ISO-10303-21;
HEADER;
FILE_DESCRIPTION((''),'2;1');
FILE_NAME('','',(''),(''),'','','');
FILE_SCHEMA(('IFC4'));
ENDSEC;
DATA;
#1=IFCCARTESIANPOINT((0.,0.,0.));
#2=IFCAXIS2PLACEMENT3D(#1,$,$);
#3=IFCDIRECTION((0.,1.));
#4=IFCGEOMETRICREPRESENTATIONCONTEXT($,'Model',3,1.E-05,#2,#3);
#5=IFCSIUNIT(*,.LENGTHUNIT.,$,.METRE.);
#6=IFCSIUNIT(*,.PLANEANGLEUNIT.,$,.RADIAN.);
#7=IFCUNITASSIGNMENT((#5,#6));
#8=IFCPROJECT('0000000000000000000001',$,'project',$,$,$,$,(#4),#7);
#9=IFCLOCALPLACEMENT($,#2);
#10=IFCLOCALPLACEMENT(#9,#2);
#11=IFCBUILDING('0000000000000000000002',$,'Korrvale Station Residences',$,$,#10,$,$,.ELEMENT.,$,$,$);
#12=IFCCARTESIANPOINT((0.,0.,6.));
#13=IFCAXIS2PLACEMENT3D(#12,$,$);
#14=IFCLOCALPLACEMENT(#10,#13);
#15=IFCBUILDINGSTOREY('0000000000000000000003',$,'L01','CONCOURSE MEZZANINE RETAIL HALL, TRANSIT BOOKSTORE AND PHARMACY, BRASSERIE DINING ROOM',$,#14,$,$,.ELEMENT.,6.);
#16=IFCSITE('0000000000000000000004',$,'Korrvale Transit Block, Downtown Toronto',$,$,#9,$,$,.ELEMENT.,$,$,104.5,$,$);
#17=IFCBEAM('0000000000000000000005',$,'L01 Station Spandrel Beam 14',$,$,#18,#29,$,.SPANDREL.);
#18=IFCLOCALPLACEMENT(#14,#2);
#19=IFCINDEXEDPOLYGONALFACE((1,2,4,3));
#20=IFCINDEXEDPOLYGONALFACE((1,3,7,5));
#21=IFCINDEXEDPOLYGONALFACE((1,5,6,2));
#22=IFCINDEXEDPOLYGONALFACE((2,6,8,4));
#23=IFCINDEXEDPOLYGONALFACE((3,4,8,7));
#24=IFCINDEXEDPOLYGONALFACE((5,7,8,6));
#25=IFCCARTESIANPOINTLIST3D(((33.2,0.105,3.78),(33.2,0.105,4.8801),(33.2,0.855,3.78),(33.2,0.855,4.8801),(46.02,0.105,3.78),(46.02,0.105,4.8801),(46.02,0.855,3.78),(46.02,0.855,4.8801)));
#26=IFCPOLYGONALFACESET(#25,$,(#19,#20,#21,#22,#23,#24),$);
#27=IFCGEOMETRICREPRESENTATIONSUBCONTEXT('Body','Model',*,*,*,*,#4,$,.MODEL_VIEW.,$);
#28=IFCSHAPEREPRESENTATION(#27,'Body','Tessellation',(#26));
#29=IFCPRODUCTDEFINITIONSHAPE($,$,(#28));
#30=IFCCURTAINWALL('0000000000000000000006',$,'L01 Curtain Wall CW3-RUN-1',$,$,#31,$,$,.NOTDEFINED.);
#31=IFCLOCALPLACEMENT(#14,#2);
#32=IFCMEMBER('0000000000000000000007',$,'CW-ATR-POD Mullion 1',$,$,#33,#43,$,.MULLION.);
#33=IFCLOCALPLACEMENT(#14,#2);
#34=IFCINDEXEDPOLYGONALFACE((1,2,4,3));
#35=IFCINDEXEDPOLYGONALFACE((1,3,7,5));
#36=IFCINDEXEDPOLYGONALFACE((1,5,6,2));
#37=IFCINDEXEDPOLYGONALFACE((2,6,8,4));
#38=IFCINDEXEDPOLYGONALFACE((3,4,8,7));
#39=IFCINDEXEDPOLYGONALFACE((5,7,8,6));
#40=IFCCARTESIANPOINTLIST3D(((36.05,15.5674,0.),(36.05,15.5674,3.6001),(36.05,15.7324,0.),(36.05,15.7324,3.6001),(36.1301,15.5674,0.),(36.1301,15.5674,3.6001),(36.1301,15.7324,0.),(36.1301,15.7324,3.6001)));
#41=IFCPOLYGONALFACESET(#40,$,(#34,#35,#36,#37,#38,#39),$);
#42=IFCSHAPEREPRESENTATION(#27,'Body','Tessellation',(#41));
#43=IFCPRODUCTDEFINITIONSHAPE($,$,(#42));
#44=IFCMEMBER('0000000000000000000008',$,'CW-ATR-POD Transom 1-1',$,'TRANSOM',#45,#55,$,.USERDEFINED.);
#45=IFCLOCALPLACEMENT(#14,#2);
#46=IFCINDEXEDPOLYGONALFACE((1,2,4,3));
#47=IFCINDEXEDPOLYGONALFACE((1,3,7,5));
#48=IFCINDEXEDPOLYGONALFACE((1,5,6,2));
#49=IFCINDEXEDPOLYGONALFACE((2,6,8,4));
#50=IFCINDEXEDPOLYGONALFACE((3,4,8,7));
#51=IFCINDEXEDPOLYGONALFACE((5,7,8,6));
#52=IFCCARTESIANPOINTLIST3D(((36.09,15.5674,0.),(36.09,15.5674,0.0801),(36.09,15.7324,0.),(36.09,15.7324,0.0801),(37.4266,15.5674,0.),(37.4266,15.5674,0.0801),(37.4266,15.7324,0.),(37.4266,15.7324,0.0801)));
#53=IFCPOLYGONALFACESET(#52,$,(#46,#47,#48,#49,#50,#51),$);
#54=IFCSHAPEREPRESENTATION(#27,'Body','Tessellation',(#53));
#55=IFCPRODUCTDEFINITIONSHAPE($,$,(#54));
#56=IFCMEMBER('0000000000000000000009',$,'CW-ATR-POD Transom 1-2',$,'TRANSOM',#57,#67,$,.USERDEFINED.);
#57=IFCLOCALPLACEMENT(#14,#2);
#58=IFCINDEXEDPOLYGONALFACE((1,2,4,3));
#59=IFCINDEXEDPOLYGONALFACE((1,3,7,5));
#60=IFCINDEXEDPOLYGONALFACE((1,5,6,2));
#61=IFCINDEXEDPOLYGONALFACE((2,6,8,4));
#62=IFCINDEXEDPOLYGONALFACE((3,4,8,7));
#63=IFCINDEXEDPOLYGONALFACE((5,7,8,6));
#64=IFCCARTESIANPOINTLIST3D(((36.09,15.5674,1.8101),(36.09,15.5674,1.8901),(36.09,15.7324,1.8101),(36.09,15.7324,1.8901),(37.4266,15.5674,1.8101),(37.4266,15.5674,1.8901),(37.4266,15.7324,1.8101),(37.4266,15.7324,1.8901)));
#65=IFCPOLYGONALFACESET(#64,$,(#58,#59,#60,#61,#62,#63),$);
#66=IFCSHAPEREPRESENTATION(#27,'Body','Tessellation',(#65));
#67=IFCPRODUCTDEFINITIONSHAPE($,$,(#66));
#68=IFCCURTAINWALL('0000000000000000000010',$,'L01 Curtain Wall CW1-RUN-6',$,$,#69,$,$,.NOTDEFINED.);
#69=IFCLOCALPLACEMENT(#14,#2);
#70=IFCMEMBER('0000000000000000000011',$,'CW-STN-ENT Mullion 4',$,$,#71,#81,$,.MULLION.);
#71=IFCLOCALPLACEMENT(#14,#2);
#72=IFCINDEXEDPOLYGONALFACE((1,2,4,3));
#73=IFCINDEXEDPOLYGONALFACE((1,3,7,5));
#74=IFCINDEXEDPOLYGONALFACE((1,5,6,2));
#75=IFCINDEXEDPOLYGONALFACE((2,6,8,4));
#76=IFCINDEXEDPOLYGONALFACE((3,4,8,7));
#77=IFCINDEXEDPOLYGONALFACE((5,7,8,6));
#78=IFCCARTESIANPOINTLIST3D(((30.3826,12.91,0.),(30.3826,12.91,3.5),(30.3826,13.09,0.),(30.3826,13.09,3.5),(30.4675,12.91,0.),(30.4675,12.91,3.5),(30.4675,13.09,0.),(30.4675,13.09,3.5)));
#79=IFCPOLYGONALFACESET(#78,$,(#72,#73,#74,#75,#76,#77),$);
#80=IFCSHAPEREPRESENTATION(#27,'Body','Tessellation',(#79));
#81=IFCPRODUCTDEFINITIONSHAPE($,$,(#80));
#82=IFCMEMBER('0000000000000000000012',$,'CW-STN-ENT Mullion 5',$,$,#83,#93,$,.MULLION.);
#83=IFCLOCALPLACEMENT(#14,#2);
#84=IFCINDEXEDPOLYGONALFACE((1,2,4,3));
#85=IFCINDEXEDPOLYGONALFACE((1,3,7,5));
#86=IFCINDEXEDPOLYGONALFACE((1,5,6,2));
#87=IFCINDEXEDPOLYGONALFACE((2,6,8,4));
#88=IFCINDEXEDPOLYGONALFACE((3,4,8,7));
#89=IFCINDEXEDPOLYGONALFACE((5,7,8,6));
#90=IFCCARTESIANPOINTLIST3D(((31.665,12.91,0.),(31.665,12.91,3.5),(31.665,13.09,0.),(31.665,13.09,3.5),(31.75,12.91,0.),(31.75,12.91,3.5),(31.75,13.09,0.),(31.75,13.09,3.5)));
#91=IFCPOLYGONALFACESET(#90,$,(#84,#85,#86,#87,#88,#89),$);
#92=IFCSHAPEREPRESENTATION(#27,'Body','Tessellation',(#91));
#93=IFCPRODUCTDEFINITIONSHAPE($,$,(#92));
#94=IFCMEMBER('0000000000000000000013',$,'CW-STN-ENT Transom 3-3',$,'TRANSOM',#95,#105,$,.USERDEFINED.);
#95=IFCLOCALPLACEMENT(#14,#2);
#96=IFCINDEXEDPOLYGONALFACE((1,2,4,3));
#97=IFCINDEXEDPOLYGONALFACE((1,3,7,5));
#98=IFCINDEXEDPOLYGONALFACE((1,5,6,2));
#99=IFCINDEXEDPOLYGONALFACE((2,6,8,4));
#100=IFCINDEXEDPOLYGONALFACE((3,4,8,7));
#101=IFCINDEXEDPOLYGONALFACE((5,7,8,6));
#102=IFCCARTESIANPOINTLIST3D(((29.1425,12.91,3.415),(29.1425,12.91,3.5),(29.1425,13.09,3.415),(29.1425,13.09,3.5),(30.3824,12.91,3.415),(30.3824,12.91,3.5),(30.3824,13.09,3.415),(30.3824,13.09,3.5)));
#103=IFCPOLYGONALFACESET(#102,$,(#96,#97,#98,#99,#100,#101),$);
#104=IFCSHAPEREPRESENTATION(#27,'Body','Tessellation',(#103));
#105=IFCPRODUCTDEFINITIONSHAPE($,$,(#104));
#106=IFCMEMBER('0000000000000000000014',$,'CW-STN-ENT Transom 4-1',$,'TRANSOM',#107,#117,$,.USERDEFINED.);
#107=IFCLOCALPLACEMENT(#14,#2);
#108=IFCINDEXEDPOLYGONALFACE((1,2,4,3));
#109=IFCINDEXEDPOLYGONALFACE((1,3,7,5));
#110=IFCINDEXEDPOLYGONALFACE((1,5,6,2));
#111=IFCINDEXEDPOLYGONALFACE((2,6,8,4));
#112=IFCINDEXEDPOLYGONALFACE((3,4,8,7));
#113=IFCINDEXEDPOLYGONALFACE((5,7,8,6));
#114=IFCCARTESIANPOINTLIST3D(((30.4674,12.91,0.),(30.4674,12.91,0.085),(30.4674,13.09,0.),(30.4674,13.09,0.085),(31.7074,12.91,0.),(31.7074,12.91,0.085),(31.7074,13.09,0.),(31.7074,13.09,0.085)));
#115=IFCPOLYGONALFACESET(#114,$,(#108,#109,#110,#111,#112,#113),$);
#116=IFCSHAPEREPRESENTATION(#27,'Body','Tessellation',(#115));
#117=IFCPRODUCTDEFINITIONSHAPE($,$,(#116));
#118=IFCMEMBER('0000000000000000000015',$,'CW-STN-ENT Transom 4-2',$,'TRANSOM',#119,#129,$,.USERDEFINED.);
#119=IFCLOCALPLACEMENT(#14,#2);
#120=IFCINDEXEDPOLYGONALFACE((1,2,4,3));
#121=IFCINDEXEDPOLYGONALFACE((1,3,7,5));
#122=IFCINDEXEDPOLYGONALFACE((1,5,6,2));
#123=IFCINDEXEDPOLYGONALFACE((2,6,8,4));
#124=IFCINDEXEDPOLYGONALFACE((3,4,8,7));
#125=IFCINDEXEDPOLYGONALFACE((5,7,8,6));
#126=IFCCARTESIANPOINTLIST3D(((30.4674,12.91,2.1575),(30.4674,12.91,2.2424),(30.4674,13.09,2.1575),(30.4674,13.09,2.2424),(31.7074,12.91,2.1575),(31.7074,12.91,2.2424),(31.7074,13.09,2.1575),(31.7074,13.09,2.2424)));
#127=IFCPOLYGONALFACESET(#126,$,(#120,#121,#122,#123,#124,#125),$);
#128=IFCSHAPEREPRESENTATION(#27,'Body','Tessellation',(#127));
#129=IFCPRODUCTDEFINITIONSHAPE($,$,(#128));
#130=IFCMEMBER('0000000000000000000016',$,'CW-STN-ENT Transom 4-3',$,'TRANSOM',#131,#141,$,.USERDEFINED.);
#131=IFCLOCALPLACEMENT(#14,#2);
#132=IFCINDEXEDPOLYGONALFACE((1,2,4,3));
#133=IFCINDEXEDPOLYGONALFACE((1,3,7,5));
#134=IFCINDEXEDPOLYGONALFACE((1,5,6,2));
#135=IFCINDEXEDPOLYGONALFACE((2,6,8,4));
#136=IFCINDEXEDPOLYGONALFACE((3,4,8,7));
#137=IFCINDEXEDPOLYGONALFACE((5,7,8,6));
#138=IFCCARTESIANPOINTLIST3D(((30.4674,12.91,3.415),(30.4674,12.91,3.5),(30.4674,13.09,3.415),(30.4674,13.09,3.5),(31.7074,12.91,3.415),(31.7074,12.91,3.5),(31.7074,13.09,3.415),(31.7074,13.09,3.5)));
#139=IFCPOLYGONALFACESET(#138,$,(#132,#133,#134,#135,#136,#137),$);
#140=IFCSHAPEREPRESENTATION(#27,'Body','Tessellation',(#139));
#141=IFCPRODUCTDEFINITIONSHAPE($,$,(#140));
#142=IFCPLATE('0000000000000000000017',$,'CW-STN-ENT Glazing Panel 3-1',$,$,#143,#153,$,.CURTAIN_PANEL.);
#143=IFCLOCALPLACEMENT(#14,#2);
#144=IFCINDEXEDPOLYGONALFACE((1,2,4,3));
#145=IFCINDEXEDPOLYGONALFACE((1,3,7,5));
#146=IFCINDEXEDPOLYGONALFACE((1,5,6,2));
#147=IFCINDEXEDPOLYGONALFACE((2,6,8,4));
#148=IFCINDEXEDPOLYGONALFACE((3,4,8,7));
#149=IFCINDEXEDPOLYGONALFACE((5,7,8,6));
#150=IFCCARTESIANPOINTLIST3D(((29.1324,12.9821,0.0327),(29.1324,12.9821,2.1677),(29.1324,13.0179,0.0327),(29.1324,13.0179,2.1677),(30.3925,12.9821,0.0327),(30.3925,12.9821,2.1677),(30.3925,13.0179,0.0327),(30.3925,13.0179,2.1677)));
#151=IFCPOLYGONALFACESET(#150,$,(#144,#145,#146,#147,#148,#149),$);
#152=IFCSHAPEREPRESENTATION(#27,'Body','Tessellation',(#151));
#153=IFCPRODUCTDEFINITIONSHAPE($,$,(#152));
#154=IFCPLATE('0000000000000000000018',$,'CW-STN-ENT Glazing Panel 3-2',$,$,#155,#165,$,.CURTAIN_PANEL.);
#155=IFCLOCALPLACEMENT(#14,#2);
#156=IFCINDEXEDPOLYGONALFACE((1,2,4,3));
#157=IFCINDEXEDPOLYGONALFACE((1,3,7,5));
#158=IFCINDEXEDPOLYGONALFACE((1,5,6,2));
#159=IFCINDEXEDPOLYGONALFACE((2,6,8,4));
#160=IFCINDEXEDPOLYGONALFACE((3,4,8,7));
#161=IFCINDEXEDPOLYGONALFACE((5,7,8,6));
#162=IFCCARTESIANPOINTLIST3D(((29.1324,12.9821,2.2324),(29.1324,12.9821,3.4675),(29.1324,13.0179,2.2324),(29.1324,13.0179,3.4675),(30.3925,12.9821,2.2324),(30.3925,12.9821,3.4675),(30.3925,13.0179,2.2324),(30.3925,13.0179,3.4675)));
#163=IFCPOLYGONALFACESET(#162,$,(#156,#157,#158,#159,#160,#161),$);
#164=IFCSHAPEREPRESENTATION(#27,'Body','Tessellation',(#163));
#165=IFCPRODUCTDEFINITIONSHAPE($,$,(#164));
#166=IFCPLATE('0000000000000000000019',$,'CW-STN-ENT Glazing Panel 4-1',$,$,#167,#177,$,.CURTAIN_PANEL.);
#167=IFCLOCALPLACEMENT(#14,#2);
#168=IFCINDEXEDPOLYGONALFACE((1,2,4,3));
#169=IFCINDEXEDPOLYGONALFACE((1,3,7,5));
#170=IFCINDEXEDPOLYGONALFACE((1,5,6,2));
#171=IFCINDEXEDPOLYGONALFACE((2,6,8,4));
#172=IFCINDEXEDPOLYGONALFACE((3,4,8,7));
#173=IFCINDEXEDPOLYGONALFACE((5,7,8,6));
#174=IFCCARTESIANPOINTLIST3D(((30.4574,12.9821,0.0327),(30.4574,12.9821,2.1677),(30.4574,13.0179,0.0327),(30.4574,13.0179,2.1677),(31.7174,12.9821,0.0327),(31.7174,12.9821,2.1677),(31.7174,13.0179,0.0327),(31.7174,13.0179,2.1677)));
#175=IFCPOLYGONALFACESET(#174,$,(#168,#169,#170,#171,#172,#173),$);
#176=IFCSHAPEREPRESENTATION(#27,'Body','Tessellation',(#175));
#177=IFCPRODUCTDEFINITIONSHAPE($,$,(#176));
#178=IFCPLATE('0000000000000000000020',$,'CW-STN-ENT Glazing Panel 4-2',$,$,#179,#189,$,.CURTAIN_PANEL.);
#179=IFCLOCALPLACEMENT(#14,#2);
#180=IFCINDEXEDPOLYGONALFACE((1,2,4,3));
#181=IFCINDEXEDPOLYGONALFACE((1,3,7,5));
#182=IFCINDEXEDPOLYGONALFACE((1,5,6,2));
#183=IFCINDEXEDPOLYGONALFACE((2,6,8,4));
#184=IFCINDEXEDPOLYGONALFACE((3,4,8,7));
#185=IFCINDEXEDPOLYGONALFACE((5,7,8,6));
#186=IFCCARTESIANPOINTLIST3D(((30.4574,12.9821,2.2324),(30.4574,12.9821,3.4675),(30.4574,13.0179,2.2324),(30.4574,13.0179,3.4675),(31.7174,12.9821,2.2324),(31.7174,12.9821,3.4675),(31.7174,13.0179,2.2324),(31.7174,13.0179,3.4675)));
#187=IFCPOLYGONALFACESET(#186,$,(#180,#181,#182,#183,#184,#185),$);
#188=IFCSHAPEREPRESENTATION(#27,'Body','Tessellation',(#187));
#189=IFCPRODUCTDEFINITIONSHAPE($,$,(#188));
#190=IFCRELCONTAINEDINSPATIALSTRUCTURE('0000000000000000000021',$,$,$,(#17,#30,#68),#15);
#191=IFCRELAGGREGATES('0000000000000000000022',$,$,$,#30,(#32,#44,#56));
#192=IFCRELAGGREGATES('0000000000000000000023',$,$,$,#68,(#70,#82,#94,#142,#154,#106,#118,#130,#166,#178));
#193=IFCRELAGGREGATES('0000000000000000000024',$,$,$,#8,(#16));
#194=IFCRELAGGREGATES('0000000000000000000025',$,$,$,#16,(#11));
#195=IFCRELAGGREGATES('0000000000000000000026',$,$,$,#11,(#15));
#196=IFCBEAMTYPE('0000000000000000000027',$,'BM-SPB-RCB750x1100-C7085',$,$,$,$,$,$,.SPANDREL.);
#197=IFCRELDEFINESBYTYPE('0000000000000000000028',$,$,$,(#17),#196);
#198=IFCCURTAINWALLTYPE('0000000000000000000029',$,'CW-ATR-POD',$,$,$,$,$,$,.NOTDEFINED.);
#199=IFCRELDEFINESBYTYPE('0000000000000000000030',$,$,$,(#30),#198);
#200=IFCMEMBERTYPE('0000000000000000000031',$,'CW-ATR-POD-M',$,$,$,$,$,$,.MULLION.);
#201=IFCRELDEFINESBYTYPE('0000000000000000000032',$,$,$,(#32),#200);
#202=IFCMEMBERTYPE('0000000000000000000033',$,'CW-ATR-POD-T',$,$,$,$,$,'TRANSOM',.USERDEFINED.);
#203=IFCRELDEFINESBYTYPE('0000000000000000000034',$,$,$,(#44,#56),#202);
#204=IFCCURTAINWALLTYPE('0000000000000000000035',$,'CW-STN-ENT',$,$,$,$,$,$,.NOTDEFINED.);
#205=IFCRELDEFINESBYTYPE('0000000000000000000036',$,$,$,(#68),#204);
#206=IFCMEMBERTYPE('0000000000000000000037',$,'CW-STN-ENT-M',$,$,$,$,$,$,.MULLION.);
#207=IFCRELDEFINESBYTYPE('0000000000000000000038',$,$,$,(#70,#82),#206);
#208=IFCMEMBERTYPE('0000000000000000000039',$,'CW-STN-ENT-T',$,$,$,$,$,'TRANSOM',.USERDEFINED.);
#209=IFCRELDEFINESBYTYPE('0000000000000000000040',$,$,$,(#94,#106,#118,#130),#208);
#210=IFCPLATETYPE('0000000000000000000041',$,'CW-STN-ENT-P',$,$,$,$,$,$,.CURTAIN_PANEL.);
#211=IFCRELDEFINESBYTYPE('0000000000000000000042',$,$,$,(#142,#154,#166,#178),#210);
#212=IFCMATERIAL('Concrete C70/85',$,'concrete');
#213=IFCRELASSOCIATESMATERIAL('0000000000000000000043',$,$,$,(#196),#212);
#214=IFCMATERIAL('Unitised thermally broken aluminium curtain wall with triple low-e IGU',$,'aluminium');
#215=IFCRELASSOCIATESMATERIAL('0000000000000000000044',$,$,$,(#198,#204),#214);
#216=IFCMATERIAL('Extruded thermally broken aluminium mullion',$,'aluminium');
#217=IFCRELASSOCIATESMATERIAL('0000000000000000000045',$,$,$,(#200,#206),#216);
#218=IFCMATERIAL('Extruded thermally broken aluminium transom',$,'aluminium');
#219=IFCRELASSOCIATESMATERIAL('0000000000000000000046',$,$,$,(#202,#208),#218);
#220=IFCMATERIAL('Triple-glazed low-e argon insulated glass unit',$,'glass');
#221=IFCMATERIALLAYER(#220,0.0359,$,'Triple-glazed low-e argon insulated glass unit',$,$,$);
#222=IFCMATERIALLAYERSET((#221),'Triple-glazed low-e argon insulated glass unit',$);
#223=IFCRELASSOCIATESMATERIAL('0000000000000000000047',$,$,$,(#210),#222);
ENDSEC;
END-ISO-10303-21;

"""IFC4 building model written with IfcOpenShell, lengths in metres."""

from ifc_helpers import new_model, si_unit, direction, frame, origin, origin_2d, place, context, subcontext, project, spatial, rectangle, extrude, material, layer, layer_set, material_profile, profile_set, type_object, element, aggregate, save


model = new_model("IFC4")

# Units and contexts
model_context = context("Model", 3, precision=1e-05, world=origin(), true_north=direction((0.0, 1.0)))
body_context = subcontext(model_context, "Body", "Model", "MODEL_VIEW")
ifc_project = project(units=[si_unit("LENGTHUNIT", "METRE"), si_unit("PLANEANGLEUNIT", "RADIAN")], contexts=[model_context])

# Site, building, storey
site_placement = place(None, origin())
site = spatial("IfcSite", under=ifc_project, at=site_placement, Name="Korrvale Transit Block, Downtown Toronto", CompositionType="ELEMENT", RefElevation=104.5)
building_placement = place(site_placement, origin())
building = spatial("IfcBuilding", under=site, at=building_placement, Name="Korrvale Station Residences", CompositionType="ELEMENT")
storey_placement = place(building_placement, frame((0.0, 0.0, 6.0)))
storey = spatial("IfcBuildingStorey", under=building, at=storey_placement, Name="L01", Description="CONCOURSE MEZZANINE RETAIL HALL, TRANSIT BOOKSTORE AND PHARMACY, BRASSERIE DINING ROOM", CompositionType="ELEMENT", Elevation=6.0)

# Shared definitions
ifc_material_1 = material(Name="Concrete C70/85", Category="concrete")

# Beam
ifc_material_profile_1 = material_profile(ifc_material_1, rectangle(XDim=0.75, YDim=1.1001, at=origin_2d()), Name="RCB750x1100")
ifc_profile_set_1 = profile_set([ifc_material_profile_1], Name="Concrete C70/85")
beam_type_1 = type_object("IfcBeamType", Name="BM-SPB-RCB750x1100-C7085", PredefinedType="SPANDREL", material=ifc_profile_set_1)
beam_1_placement = place(storey_placement, frame((33.2, 0.48, 4.3301), z_axis=(1.0, 0.0, 0.0), x_axis=(0.0, 1.0, 0.0)))
element("IfcBeam", 1, at=beam_1_placement, inside=storey, type_object=beam_type_1, Name="L01 Station Spandrel Beam 14", PredefinedType="SPANDREL", context=body_context, shape_type="SweptSolid", body=[
    extrude(rectangle(XDim=0.75, YDim=1.1001, at=origin_2d()), origin(), (0.0, 0.0, 1.0), 12.8201),
])

# Curtain wall, members
ifc_material_2 = material(Name="Unitised thermally broken aluminium curtain wall with triple low-e IGU", Category="aluminium")
curtain_wall_type_1 = type_object("IfcCurtainWallType", Name="CW-ATR-POD", PredefinedType="NOTDEFINED", material=ifc_material_2)
curtain_wall_1_placement = place(storey_placement, origin())
curtain_wall_1 = element("IfcCurtainWall", 2, at=curtain_wall_1_placement, inside=storey, type_object=curtain_wall_type_1, Name="L01 Curtain Wall CW3-RUN-1", PredefinedType="NOTDEFINED")
ifc_material_3 = material(Name="Extruded thermally broken aluminium mullion", Category="aluminium")
member_type_1 = type_object("IfcMemberType", Name="CW-ATR-POD-M", PredefinedType="MULLION", material=ifc_material_3)
member_1_placement = place(storey_placement, frame((36.0901, 15.6499, 0.0), z_axis=(0.0, 0.0, 1.0), x_axis=(1.0, 0.0, 0.0)))
member_1 = element("IfcMember", 3, at=member_1_placement, type_object=member_type_1, Name="CW-ATR-POD Mullion 1", PredefinedType="MULLION", context=body_context, shape_type="SweptSolid", body=[
    extrude(rectangle(XDim=0.0801, YDim=0.165, at=origin_2d()), origin(), (0.0, 0.0, 1.0), 3.6001),
])
ifc_material_4 = material(Name="Extruded thermally broken aluminium transom", Category="aluminium")
member_type_2 = type_object("IfcMemberType", Name="CW-ATR-POD-T", ElementType="TRANSOM", PredefinedType="USERDEFINED", material=ifc_material_4)
member_2_placement = place(storey_placement, frame((36.7583, 15.6499, 0.0), z_axis=(0.0, 0.0, 1.0), x_axis=(1.0, 0.0, 0.0)))
member_2 = element("IfcMember", 4, at=member_2_placement, type_object=member_type_2, Name="CW-ATR-POD Transom 1-1", ObjectType="TRANSOM", PredefinedType="USERDEFINED", context=body_context, shape_type="SweptSolid", body=[
    extrude(rectangle(XDim=1.3367, YDim=0.165, at=origin_2d()), origin(), (0.0, 0.0, 1.0), 0.0801),
])
member_3_placement = place(storey_placement, frame((36.7583, 15.6499, 1.8101), z_axis=(0.0, 0.0, 1.0), x_axis=(1.0, 0.0, 0.0)))
member_3 = element("IfcMember", 5, at=member_3_placement, type_object=member_type_2, Name="CW-ATR-POD Transom 1-2", ObjectType="TRANSOM", PredefinedType="USERDEFINED", context=body_context, shape_type="SweptSolid", body=[
    extrude(rectangle(XDim=1.3367, YDim=0.165, at=origin_2d()), origin(), (0.0, 0.0, 1.0), 0.0801),
])
aggregate(curtain_wall_1, [member_1, member_2, member_3])

# Curtain wall, members, plates
curtain_wall_type_2 = type_object("IfcCurtainWallType", Name="CW-STN-ENT", PredefinedType="NOTDEFINED", material=ifc_material_2)
curtain_wall_2_placement = place(storey_placement, origin())
curtain_wall_2 = element("IfcCurtainWall", 6, at=curtain_wall_2_placement, inside=storey, type_object=curtain_wall_type_2, Name="L01 Curtain Wall CW1-RUN-6", PredefinedType="NOTDEFINED")
member_type_3 = type_object("IfcMemberType", Name="CW-STN-ENT-M", PredefinedType="MULLION", material=ifc_material_3)
member_4_placement = place(storey_placement, frame((30.425, 13.0, 0.0), z_axis=(0.0, 0.0, 1.0), x_axis=(1.0, 0.0, 0.0)))
member_4 = element("IfcMember", 7, at=member_4_placement, type_object=member_type_3, Name="CW-STN-ENT Mullion 4", PredefinedType="MULLION", context=body_context, shape_type="SweptSolid", body=[
    extrude(rectangle(XDim=0.085, YDim=0.1799, at=origin_2d()), origin(), (0.0, 0.0, 1.0), 3.5),
])
member_5_placement = place(storey_placement, frame((31.7075, 13.0, 0.0), z_axis=(0.0, 0.0, 1.0), x_axis=(1.0, 0.0, 0.0)))
member_5 = element("IfcMember", 8, at=member_5_placement, type_object=member_type_3, Name="CW-STN-ENT Mullion 5", PredefinedType="MULLION", context=body_context, shape_type="SweptSolid", body=[
    extrude(rectangle(XDim=0.085, YDim=0.1799, at=origin_2d()), origin(), (0.0, 0.0, 1.0), 3.5),
])
member_type_4 = type_object("IfcMemberType", Name="CW-STN-ENT-T", ElementType="TRANSOM", PredefinedType="USERDEFINED", material=ifc_material_4)
member_6_placement = place(storey_placement, frame((29.7625, 13.0, 3.415), z_axis=(0.0, 0.0, 1.0), x_axis=(1.0, 0.0, 0.0)))
member_6 = element("IfcMember", 9, at=member_6_placement, type_object=member_type_4, Name="CW-STN-ENT Transom 3-3", ObjectType="TRANSOM", PredefinedType="USERDEFINED", context=body_context, shape_type="SweptSolid", body=[
    extrude(rectangle(XDim=1.24, YDim=0.1799, at=origin_2d()), origin(), (0.0, 0.0, 1.0), 0.085),
])
member_7_placement = place(storey_placement, frame((31.0874, 13.0, 0.0), z_axis=(0.0, 0.0, 1.0), x_axis=(1.0, 0.0, 0.0)))
member_7 = element("IfcMember", 10, at=member_7_placement, type_object=member_type_4, Name="CW-STN-ENT Transom 4-1", ObjectType="TRANSOM", PredefinedType="USERDEFINED", context=body_context, shape_type="SweptSolid", body=[
    extrude(rectangle(XDim=1.24, YDim=0.1799, at=origin_2d()), origin(), (0.0, 0.0, 1.0), 0.085),
])
member_8_placement = place(storey_placement, frame((31.0874, 13.0, 2.1575), z_axis=(0.0, 0.0, 1.0), x_axis=(1.0, 0.0, 0.0)))
member_8 = element("IfcMember", 11, at=member_8_placement, type_object=member_type_4, Name="CW-STN-ENT Transom 4-2", ObjectType="TRANSOM", PredefinedType="USERDEFINED", context=body_context, shape_type="SweptSolid", body=[
    extrude(rectangle(XDim=1.24, YDim=0.1799, at=origin_2d()), origin(), (0.0, 0.0, 1.0), 0.085),
])
member_9_placement = place(storey_placement, frame((31.0874, 13.0, 3.415), z_axis=(0.0, 0.0, 1.0), x_axis=(1.0, 0.0, 0.0)))
member_9 = element("IfcMember", 12, at=member_9_placement, type_object=member_type_4, Name="CW-STN-ENT Transom 4-3", ObjectType="TRANSOM", PredefinedType="USERDEFINED", context=body_context, shape_type="SweptSolid", body=[
    extrude(rectangle(XDim=1.24, YDim=0.1799, at=origin_2d()), origin(), (0.0, 0.0, 1.0), 0.085),
])
ifc_material_5 = material(Name="Triple-glazed low-e argon insulated glass unit", Category="glass")
ifc_layer_1 = layer(ifc_material_5, 0.0359, Name="Triple-glazed low-e argon insulated glass unit")
ifc_layer_set_1 = layer_set([ifc_layer_1], Name="Triple-glazed low-e argon insulated glass unit")
plate_type = type_object("IfcPlateType", Name="CW-STN-ENT-P", PredefinedType="CURTAIN_PANEL", material=ifc_layer_set_1)
plate_1_placement = place(storey_placement, frame((29.7625, 13.0, 0.0327), z_axis=(0.0, 0.0, 1.0), x_axis=(1.0, 0.0, 0.0)))
plate_1 = element("IfcPlate", 13, at=plate_1_placement, type_object=plate_type, Name="CW-STN-ENT Glazing Panel 3-1", PredefinedType="CURTAIN_PANEL", context=body_context, shape_type="SweptSolid", body=[
    extrude(rectangle(XDim=1.26, YDim=0.0359, at=origin_2d()), origin(), (0.0, 0.0, 1.0), 2.135),
])
plate_2_placement = place(storey_placement, frame((29.7625, 13.0, 2.2324), z_axis=(0.0, 0.0, 1.0), x_axis=(1.0, 0.0, 0.0)))
plate_2 = element("IfcPlate", 14, at=plate_2_placement, type_object=plate_type, Name="CW-STN-ENT Glazing Panel 3-2", PredefinedType="CURTAIN_PANEL", context=body_context, shape_type="SweptSolid", body=[
    extrude(rectangle(XDim=1.26, YDim=0.0359, at=origin_2d()), origin(), (0.0, 0.0, 1.0), 1.2351),
])
plate_3_placement = place(storey_placement, frame((31.0874, 13.0, 0.0327), z_axis=(0.0, 0.0, 1.0), x_axis=(1.0, 0.0, 0.0)))
plate_3 = element("IfcPlate", 15, at=plate_3_placement, type_object=plate_type, Name="CW-STN-ENT Glazing Panel 4-1", PredefinedType="CURTAIN_PANEL", context=body_context, shape_type="SweptSolid", body=[
    extrude(rectangle(XDim=1.26, YDim=0.0359, at=origin_2d()), origin(), (0.0, 0.0, 1.0), 2.135),
])
plate_4_placement = place(storey_placement, frame((31.0874, 13.0, 2.2324), z_axis=(0.0, 0.0, 1.0), x_axis=(1.0, 0.0, 0.0)))
plate_4 = element("IfcPlate", 16, at=plate_4_placement, type_object=plate_type, Name="CW-STN-ENT Glazing Panel 4-2", PredefinedType="CURTAIN_PANEL", context=body_context, shape_type="SweptSolid", body=[
    extrude(rectangle(XDim=1.26, YDim=0.0359, at=origin_2d()), origin(), (0.0, 0.0, 1.0), 1.2351),
])
aggregate(curtain_wall_2, [member_4, member_5, member_6, plate_1, plate_2, member_7, member_8, member_9, plate_3, plate_4])

save(model, "model.ifc")
